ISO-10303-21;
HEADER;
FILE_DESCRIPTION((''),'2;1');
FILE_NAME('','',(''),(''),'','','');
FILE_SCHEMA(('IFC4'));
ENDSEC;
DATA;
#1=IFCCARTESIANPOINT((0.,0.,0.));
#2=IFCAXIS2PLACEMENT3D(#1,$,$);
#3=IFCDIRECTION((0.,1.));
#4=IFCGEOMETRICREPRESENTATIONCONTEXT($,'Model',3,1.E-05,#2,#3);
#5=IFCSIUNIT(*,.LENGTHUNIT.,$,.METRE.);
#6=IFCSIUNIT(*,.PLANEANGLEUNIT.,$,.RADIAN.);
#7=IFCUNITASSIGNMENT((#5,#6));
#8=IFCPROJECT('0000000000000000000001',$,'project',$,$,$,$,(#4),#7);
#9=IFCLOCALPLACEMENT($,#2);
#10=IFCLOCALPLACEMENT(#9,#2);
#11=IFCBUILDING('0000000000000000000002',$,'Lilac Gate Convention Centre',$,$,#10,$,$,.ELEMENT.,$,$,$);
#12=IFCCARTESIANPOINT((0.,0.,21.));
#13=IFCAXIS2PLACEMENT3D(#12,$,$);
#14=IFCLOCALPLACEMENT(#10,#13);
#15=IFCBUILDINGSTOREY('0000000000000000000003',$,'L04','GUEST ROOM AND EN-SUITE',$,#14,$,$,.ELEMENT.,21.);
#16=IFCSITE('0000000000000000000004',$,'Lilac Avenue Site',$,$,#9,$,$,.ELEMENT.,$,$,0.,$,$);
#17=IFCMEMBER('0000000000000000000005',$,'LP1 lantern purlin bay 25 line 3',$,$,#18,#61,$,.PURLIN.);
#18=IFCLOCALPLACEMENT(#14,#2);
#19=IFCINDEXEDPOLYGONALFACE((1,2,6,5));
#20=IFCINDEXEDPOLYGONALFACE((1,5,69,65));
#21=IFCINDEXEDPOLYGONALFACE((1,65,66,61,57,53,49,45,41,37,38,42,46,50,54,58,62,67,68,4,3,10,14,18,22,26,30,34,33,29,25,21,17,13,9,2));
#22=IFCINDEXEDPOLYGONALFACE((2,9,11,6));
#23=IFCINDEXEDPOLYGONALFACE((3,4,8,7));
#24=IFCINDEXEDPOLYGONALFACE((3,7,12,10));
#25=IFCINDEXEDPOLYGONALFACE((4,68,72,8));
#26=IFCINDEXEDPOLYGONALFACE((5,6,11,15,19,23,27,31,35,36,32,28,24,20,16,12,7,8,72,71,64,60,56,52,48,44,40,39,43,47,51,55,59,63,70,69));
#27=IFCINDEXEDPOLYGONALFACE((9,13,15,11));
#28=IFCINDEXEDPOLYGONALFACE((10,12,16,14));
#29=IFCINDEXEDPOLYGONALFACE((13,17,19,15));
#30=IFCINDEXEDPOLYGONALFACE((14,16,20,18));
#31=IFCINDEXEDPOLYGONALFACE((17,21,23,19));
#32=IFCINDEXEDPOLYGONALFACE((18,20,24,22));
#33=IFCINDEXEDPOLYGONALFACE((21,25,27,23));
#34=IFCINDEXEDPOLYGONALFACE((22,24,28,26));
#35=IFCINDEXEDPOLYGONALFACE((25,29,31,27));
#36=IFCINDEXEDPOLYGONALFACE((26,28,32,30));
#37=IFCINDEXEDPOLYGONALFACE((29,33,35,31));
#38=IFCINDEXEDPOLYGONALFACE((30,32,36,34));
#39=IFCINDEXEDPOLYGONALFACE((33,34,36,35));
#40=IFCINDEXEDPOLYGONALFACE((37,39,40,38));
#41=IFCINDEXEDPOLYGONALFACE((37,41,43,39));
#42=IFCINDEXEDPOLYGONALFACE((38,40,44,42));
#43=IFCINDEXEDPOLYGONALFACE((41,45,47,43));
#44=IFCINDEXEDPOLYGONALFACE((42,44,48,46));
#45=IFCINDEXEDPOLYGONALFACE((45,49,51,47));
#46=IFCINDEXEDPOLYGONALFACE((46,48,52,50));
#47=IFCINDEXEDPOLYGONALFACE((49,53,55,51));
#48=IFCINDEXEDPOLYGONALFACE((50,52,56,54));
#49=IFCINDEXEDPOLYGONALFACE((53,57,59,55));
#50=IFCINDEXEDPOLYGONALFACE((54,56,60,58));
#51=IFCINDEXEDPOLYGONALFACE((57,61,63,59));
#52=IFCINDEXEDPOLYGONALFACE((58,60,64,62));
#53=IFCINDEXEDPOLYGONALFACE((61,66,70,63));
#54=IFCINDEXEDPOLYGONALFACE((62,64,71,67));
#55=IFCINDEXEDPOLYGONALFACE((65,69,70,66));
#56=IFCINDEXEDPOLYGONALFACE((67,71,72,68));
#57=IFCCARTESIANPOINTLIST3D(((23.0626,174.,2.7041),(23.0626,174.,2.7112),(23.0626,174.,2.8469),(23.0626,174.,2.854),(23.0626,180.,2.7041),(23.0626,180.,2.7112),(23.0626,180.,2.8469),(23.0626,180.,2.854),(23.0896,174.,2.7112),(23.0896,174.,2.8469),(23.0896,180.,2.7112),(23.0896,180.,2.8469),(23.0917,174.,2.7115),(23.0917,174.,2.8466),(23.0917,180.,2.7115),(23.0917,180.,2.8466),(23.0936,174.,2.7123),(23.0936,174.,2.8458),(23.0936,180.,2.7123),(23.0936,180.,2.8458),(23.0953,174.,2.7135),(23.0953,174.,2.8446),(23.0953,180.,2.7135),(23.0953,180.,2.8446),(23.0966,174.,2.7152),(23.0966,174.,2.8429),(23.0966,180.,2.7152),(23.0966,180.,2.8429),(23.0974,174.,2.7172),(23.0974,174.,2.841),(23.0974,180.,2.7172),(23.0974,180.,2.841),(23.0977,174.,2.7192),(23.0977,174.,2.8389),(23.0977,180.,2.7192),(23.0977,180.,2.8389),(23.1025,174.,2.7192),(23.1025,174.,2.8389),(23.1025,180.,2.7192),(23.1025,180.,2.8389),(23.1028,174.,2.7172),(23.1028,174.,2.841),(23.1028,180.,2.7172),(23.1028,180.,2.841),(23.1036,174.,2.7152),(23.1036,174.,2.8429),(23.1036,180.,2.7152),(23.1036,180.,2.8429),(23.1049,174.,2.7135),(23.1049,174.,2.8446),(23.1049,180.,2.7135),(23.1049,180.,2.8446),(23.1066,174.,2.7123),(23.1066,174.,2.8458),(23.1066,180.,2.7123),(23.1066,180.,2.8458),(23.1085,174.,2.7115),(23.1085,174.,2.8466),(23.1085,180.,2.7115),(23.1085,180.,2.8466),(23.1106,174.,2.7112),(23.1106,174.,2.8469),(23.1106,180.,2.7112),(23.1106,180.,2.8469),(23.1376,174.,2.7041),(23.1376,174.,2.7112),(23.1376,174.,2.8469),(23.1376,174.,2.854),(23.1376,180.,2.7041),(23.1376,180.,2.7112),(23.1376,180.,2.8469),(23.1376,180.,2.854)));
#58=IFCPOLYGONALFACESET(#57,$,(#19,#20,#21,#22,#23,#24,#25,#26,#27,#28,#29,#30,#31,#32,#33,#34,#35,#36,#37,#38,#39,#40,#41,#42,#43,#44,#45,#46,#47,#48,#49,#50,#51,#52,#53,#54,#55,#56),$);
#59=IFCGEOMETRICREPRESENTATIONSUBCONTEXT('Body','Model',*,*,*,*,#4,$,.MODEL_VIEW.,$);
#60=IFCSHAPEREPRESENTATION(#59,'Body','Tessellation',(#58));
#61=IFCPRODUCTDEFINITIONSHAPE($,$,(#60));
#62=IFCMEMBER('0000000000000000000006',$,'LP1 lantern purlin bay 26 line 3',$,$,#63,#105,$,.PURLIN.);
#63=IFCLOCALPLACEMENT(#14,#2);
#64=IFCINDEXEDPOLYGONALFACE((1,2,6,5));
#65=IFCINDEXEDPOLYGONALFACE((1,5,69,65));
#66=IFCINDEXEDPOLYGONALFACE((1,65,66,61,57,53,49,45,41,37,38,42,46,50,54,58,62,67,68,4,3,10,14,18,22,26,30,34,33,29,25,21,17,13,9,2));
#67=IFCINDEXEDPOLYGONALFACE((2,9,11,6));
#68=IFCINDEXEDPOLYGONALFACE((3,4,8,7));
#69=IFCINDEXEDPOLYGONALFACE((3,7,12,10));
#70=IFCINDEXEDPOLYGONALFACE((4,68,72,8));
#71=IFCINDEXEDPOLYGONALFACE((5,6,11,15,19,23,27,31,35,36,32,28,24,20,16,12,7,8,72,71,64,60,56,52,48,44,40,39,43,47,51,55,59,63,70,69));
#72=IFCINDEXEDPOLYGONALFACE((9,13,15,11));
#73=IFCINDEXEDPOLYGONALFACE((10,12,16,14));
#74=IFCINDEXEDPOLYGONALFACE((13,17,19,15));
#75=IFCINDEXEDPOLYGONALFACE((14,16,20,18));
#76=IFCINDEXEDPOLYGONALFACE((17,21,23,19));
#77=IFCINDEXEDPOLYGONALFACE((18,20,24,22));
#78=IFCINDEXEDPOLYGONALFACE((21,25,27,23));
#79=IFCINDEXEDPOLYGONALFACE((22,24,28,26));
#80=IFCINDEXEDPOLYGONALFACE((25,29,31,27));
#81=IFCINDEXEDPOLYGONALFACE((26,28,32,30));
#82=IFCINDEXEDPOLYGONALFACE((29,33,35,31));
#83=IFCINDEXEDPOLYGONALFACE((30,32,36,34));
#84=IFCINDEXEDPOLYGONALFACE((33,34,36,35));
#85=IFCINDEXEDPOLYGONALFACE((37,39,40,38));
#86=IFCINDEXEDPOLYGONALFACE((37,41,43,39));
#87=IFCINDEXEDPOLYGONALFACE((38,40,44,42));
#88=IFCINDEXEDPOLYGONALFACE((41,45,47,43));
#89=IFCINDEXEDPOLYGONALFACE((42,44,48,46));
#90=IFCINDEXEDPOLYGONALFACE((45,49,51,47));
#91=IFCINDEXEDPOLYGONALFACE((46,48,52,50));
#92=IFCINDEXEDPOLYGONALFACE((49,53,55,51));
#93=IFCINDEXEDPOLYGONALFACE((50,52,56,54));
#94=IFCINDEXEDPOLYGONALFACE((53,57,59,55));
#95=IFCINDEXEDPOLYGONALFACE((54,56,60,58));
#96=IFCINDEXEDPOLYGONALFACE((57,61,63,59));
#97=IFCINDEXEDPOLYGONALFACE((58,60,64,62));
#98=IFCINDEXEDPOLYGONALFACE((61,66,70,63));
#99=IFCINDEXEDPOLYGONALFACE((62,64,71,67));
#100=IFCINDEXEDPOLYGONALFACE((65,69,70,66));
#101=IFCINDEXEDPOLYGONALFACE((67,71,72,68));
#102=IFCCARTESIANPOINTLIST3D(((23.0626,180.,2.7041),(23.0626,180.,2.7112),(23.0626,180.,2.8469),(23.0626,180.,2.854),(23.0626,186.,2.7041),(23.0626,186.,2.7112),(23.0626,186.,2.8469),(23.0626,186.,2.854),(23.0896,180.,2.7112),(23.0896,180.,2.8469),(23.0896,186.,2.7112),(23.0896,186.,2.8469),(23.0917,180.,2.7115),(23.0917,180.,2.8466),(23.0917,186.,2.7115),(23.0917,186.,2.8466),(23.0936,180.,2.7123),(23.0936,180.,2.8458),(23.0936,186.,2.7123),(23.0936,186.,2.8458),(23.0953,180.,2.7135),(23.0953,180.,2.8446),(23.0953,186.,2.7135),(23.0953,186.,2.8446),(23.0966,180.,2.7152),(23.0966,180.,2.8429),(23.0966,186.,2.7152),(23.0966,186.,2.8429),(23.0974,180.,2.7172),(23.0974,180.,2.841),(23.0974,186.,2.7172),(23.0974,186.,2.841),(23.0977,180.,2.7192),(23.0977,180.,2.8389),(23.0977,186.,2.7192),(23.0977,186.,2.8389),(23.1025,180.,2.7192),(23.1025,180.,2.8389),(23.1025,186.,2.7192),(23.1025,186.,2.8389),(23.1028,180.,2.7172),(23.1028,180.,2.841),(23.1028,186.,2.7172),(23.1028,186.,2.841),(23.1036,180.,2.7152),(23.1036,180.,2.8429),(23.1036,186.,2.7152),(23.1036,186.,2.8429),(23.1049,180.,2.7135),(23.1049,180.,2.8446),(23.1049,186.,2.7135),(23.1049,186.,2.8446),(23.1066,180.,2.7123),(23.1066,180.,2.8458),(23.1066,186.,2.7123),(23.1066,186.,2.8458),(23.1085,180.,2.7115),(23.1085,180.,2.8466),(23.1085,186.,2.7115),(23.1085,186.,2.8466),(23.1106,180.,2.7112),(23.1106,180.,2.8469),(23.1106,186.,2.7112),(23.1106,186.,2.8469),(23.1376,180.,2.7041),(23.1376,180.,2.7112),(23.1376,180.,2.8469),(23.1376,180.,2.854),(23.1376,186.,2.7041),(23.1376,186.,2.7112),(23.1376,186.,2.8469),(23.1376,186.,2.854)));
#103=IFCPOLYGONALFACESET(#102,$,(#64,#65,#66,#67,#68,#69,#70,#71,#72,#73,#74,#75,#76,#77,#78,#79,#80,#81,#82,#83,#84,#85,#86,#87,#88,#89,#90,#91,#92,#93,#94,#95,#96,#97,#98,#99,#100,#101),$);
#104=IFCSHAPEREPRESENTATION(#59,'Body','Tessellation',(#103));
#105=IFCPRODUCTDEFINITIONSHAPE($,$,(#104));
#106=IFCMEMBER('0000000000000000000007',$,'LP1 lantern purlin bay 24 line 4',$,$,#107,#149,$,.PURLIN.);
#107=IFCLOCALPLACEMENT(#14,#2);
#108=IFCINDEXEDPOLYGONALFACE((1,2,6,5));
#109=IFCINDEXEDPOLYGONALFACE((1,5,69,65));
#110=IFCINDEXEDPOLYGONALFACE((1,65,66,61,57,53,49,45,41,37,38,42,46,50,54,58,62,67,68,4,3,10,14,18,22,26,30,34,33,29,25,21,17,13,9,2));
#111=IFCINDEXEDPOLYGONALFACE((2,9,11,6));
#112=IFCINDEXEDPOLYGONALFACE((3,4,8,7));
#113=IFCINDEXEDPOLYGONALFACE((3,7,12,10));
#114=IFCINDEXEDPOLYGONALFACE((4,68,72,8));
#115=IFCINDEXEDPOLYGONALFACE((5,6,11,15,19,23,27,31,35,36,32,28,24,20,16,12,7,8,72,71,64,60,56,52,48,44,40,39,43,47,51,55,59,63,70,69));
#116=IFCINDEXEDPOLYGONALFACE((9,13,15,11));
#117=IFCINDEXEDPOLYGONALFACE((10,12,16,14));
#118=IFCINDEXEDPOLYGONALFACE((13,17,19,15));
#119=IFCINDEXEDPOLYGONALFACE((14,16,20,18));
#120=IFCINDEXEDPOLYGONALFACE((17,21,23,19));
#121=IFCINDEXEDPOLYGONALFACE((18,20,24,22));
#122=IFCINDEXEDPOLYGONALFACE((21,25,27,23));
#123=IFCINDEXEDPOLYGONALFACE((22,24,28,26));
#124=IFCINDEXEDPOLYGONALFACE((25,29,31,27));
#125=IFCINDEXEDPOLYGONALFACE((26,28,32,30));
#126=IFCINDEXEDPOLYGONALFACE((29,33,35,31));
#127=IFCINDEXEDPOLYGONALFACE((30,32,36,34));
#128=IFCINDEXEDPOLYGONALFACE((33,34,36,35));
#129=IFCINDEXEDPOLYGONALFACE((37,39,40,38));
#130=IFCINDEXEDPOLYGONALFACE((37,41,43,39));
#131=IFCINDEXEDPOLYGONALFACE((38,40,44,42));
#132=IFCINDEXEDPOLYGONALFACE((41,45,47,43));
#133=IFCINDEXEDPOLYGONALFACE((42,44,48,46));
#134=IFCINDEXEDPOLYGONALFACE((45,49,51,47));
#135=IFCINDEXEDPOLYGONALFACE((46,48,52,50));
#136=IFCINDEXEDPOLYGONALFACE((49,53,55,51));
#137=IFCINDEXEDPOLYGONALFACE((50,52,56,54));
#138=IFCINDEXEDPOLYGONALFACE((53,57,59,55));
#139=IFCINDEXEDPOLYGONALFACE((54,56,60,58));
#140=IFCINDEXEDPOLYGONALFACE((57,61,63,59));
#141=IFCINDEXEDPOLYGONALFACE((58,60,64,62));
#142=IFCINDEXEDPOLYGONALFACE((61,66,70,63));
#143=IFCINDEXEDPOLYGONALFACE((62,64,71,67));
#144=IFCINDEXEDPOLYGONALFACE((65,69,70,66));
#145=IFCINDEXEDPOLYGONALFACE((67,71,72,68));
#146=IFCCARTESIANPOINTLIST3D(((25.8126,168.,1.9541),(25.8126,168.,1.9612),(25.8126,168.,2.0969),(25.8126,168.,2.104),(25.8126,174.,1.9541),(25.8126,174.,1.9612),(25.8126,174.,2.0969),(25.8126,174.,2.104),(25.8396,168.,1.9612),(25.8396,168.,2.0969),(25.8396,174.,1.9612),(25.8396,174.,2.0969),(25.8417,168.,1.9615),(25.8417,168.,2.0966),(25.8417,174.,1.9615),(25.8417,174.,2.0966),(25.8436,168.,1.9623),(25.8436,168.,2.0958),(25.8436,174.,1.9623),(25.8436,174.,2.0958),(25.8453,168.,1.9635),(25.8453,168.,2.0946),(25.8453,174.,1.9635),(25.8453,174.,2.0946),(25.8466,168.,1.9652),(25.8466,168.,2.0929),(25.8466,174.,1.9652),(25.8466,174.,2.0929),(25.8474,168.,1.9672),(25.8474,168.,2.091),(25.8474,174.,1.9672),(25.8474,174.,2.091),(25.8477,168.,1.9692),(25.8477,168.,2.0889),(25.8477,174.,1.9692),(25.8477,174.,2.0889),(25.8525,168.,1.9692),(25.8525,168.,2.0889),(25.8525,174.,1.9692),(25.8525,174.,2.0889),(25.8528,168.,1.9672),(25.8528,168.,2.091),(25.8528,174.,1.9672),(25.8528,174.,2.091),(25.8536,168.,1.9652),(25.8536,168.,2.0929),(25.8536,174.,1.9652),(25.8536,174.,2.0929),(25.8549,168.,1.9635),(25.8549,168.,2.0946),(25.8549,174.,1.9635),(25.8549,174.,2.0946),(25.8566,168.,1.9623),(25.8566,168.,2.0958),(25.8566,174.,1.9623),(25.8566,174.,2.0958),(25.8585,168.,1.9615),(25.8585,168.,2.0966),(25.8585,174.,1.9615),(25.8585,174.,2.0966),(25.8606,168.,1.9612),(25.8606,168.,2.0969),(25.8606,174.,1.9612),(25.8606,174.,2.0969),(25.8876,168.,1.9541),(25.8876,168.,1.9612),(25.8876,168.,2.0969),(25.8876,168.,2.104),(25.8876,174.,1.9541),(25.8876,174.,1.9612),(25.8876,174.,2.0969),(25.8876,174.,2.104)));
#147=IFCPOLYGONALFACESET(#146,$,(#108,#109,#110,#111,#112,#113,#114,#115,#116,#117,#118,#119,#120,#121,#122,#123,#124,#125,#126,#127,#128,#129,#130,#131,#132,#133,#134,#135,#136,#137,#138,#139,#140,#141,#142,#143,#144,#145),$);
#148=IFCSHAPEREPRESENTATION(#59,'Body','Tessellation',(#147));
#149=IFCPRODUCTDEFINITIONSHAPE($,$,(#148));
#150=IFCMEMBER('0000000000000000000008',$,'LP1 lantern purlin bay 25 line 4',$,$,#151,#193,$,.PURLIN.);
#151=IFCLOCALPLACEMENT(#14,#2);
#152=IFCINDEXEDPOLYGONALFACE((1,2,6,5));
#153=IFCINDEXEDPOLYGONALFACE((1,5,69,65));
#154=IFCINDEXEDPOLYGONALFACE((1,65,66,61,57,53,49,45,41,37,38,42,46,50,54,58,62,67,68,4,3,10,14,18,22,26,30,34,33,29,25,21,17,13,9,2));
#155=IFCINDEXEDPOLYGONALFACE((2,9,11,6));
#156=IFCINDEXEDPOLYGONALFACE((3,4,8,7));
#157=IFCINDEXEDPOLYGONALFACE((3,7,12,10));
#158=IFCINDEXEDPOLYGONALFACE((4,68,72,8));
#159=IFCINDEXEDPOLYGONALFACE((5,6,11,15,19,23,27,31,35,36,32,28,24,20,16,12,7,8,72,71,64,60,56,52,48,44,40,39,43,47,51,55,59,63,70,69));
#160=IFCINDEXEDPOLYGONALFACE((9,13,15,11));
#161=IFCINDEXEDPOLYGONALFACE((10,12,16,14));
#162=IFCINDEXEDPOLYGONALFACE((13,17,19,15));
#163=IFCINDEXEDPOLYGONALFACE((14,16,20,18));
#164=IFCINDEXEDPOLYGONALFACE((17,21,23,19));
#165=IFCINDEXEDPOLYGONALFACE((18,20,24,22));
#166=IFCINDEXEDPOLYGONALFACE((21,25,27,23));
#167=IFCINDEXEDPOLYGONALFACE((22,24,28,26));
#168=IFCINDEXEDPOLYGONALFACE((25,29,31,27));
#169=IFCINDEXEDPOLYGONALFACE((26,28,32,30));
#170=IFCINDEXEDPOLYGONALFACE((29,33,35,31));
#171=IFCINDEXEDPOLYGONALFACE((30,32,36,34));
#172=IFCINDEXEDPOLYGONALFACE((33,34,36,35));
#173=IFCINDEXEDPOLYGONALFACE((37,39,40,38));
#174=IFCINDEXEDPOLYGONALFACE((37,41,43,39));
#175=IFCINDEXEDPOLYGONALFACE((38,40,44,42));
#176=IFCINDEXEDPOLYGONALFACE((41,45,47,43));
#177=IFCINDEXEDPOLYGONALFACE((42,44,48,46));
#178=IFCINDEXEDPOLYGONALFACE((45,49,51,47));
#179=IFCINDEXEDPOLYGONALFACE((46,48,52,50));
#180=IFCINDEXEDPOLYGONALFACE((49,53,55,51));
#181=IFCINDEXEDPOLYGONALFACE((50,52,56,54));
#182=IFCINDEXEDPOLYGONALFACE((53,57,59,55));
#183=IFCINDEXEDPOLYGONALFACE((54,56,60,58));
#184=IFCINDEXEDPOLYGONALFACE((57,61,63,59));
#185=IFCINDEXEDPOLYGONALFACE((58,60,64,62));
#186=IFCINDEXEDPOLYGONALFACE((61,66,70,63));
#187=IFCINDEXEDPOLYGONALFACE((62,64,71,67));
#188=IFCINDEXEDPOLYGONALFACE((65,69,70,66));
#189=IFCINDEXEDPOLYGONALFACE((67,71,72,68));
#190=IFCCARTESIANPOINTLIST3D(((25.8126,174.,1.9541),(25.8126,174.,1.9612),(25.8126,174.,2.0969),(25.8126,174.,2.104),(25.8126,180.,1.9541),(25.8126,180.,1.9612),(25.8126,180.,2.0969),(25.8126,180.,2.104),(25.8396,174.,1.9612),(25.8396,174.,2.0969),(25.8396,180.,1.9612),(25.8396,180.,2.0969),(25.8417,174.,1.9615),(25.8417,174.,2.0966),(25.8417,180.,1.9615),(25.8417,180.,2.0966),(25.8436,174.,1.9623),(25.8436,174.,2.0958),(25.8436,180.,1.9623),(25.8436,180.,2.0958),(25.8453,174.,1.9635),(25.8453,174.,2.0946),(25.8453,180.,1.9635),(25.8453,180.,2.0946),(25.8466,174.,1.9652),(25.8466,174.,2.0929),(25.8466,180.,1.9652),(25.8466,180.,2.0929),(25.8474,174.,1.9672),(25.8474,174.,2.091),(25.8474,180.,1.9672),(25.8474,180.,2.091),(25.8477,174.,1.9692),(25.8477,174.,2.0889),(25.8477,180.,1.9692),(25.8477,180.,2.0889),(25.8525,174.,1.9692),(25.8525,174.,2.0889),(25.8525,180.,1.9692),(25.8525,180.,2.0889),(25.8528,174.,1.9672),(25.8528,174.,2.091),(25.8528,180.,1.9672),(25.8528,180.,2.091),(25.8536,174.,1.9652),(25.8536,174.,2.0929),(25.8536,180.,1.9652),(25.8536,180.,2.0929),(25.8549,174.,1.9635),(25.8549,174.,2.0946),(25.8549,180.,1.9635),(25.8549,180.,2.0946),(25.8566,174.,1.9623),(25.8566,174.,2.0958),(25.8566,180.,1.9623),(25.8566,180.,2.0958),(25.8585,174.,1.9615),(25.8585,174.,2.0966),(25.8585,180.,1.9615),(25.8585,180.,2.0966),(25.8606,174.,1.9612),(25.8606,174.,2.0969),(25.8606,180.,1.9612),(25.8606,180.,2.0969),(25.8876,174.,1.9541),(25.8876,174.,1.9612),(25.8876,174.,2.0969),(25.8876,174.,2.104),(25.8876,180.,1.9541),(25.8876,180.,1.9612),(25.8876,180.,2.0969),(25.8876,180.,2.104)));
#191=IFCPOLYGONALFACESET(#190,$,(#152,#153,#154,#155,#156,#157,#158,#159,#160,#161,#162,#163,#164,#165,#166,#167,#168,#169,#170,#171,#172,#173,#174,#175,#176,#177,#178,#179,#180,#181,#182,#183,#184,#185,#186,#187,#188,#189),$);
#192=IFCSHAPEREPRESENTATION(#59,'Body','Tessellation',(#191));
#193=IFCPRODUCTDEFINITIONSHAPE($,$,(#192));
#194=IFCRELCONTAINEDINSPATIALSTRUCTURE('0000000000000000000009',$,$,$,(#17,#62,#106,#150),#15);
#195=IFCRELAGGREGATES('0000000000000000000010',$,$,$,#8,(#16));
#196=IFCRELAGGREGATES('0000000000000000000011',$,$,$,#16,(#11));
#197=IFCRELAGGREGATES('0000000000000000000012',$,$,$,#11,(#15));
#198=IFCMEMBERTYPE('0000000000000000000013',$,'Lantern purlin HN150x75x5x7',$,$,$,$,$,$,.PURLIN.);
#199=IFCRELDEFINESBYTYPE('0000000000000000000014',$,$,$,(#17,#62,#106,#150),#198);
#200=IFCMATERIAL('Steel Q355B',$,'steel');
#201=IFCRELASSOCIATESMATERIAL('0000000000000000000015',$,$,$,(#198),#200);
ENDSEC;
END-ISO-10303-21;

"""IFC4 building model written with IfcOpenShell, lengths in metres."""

from ifc_helpers import new_model, si_unit, direction, frame, origin, origin_2d, place, context, subcontext, project, spatial, i_section, extrude, material, material_profile, profile_set, type_object, element, save


model = new_model("IFC4")

# Units and contexts
model_context = context("Model", 3, precision=1e-05, world=origin(), true_north=direction((0.0, 1.0)))
body_context = subcontext(model_context, "Body", "Model", "MODEL_VIEW")
ifc_project = project(units=[si_unit("LENGTHUNIT", "METRE"), si_unit("PLANEANGLEUNIT", "RADIAN")], contexts=[model_context])

# Site, building, storey
site_placement = place(None, origin())
site = spatial("IfcSite", under=ifc_project, at=site_placement, Name="Lilac Avenue Site", CompositionType="ELEMENT", RefElevation=0.0)
building_placement = place(site_placement, origin())
building = spatial("IfcBuilding", under=site, at=building_placement, Name="Lilac Gate Convention Centre", CompositionType="ELEMENT")
storey_placement = place(building_placement, frame((0.0, 0.0, 21.0)))
storey = spatial("IfcBuildingStorey", under=building, at=storey_placement, Name="L04", Description="GUEST ROOM AND EN-SUITE", CompositionType="ELEMENT", Elevation=21.0)

# Members
ifc_material_1 = material(Name="Steel Q355B", Category="steel")
ifc_material_profile_1 = material_profile(ifc_material_1, i_section(OverallWidth=0.075, OverallDepth=0.1499, WebThickness=0.0049, FlangeThickness=0.0071, FilletRadius=0.0081, at=origin_2d()), Name="HN150x75x5x7")
ifc_profile_set_1 = profile_set([ifc_material_profile_1], Name="Steel Q355B")
member_type_1 = type_object("IfcMemberType", Name="Lantern purlin HN150x75x5x7", PredefinedType="PURLIN", material=ifc_profile_set_1)
for number, where, z_axis, x_axis, name in (
    (1, (23.1001, 174.0, 2.7791), (0.0, 1.0, 0.0), (-1.0, 0.0, 0.0), "LP1 lantern purlin bay 25 line 3"),
    (2, (23.1001, 180.0, 2.7791), (0.0, 1.0, 0.0), (-1.0, 0.0, 0.0), "LP1 lantern purlin bay 26 line 3"),
    (3, (25.8501, 168.0, 2.0291), (0.0, 1.0, 0.0), (-1.0, 0.0, 0.0), "LP1 lantern purlin bay 24 line 4"),
    (4, (25.8501, 174.0, 2.0291), (0.0, 1.0, 0.0), (-1.0, 0.0, 0.0), "LP1 lantern purlin bay 25 line 4"),
):
    element("IfcMember", number, at=place(storey_placement, frame(where, z_axis=z_axis, x_axis=x_axis)), inside=storey, type_object=member_type_1, Name=name, PredefinedType="PURLIN", context=body_context, shape_type="SweptSolid", body=[
        extrude(i_section(OverallWidth=0.075, OverallDepth=0.1499, WebThickness=0.0049, FlangeThickness=0.0071, FilletRadius=0.0081, at=origin_2d()), origin(), (0.0, 0.0, 1.0), 6.0),
    ])

save(model, "model.ifc")
